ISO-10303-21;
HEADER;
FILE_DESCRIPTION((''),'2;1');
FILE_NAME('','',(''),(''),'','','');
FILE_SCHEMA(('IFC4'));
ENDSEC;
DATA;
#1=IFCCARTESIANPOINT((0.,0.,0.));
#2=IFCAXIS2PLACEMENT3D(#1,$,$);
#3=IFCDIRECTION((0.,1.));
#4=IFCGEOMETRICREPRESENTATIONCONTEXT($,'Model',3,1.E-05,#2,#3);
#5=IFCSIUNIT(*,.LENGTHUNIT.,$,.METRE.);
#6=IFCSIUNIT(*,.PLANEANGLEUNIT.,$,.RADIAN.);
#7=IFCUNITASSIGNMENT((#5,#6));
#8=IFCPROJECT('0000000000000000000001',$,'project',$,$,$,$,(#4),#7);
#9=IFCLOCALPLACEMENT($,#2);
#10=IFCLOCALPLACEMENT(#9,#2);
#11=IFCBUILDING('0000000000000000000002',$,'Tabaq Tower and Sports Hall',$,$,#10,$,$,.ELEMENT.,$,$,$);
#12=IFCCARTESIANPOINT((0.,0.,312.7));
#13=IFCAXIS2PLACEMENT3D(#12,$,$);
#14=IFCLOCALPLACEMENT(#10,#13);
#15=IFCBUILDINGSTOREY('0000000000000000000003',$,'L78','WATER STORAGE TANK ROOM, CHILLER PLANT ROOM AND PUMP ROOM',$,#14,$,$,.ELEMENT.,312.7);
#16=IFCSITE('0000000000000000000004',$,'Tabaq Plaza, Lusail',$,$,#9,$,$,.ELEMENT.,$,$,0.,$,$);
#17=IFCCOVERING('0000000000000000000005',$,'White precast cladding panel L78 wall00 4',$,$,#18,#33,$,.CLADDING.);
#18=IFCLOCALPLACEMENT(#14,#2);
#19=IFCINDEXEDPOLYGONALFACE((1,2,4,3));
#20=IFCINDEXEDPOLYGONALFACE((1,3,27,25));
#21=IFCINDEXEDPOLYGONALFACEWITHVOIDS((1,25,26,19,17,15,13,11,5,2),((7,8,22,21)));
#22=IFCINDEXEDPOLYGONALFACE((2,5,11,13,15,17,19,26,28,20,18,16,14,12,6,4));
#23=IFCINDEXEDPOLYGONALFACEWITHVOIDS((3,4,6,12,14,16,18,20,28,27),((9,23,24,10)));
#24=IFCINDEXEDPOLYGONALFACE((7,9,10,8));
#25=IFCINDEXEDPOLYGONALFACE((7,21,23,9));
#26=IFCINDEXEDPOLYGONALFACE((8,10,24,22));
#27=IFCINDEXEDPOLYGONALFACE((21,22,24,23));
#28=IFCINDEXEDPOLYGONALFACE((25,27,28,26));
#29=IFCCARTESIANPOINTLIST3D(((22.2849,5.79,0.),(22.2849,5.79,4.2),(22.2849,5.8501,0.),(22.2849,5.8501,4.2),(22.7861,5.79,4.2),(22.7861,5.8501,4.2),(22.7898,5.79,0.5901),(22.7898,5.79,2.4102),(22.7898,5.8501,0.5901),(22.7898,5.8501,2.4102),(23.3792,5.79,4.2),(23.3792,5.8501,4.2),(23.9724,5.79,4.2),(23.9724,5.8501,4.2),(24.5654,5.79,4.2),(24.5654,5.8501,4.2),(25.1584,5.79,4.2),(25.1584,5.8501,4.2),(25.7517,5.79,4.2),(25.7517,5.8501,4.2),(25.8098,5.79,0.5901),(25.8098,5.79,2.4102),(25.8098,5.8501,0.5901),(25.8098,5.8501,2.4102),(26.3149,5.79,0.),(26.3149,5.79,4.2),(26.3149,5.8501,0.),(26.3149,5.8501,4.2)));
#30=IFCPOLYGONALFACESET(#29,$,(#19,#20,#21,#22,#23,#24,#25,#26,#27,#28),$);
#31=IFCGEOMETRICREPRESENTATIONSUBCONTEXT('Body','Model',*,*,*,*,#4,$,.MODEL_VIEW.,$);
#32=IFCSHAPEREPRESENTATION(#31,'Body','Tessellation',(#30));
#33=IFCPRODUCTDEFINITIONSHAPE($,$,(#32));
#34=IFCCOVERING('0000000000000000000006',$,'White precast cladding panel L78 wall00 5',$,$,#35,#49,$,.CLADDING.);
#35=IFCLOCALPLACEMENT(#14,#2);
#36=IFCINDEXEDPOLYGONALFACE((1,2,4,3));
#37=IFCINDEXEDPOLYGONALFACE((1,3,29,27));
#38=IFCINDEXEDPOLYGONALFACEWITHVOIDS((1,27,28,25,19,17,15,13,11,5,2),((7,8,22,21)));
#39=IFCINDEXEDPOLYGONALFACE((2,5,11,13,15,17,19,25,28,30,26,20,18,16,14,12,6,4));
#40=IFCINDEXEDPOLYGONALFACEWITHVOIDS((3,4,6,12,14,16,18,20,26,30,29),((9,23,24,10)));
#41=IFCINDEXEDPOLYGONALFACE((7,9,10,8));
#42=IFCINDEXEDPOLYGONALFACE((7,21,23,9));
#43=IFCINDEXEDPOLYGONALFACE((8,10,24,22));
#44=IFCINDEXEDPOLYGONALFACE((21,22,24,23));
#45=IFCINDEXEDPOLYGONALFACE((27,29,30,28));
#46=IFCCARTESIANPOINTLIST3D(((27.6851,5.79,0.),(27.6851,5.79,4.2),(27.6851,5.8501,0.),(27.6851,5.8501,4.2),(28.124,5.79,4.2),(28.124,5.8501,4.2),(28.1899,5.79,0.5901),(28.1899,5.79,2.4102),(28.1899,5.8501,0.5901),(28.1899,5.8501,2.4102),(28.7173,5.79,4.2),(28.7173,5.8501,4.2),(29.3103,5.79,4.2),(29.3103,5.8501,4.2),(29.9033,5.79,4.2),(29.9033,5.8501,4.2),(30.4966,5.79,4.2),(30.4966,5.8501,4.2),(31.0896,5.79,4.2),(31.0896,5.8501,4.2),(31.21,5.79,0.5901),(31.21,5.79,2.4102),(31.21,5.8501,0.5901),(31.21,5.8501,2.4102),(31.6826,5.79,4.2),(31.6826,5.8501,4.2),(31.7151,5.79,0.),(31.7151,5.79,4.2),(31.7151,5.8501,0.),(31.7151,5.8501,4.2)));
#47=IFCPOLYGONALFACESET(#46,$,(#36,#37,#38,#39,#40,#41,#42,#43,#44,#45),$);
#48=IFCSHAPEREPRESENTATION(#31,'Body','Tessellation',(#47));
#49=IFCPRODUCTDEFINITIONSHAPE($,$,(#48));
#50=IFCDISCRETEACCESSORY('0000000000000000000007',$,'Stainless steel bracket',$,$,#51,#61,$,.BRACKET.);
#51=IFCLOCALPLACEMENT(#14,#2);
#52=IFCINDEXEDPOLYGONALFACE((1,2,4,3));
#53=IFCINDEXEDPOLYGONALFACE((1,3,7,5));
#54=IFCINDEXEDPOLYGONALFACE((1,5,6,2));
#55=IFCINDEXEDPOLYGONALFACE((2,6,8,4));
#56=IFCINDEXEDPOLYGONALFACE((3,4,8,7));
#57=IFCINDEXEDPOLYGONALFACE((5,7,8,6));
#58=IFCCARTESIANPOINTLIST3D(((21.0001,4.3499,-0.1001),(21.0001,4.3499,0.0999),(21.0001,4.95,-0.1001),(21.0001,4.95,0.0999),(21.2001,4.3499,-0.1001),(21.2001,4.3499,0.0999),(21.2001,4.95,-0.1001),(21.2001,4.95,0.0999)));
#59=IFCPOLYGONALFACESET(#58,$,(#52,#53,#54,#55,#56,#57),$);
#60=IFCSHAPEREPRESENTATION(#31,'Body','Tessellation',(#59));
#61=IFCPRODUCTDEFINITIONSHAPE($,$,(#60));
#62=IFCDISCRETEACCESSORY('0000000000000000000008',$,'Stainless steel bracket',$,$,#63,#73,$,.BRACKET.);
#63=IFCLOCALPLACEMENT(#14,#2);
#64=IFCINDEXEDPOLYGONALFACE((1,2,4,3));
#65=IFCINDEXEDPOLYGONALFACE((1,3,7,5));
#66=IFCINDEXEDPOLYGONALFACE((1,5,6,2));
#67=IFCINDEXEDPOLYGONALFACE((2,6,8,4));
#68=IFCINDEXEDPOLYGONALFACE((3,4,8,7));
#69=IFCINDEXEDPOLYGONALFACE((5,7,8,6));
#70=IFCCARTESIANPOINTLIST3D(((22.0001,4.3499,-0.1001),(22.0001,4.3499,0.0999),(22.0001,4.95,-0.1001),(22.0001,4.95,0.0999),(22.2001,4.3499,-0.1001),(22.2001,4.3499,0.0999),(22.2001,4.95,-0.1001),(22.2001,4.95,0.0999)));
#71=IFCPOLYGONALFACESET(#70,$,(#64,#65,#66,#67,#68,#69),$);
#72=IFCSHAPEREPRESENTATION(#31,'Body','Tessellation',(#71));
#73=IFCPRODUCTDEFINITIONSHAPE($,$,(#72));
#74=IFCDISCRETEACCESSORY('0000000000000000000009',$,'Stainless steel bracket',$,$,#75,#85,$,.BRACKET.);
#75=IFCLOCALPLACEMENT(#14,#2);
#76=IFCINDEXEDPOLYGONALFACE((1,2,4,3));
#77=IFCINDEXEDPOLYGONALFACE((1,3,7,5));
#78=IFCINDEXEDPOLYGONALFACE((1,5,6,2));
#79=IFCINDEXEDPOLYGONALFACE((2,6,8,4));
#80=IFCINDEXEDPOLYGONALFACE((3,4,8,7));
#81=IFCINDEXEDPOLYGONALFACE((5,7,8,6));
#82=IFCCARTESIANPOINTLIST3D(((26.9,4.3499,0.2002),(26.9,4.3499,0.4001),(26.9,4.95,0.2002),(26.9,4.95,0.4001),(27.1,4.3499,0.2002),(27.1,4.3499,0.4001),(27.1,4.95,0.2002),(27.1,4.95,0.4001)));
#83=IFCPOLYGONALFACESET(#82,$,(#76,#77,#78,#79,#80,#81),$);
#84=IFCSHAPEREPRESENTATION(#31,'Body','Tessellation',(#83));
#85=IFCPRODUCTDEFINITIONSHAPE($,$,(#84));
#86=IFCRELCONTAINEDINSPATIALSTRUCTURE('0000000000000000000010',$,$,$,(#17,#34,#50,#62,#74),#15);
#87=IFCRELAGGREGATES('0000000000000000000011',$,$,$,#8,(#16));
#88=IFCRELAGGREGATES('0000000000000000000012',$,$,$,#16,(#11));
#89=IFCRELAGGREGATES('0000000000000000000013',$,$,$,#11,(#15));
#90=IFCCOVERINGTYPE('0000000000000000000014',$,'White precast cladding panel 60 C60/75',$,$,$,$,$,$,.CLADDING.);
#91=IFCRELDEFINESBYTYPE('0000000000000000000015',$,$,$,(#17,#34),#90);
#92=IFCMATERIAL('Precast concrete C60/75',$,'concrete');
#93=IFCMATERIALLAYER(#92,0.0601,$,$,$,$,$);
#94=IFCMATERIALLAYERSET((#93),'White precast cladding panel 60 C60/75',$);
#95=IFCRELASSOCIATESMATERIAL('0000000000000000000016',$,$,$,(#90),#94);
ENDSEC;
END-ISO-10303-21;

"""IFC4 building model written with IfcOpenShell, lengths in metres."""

from ifc_helpers import new_model, si_unit, direction, frame, origin, origin_2d, place, context, subcontext, project, spatial, polyline, rectangle, outline, extrude, material, layer, layer_set, type_object, element, save


model = new_model("IFC4")

# Units and contexts
model_context = context("Model", 3, precision=1e-05, world=origin(), true_north=direction((0.0, 1.0)))
body_context = subcontext(model_context, "Body", "Model", "MODEL_VIEW")
ifc_project = project(units=[si_unit("LENGTHUNIT", "METRE"), si_unit("PLANEANGLEUNIT", "RADIAN")], contexts=[model_context])

# Site, building, storey
site_placement = place(None, origin())
site = spatial("IfcSite", under=ifc_project, at=site_placement, Name="Tabaq Plaza, Lusail", CompositionType="ELEMENT", RefElevation=0.0)
building_placement = place(site_placement, origin())
building = spatial("IfcBuilding", under=site, at=building_placement, Name="Tabaq Tower and Sports Hall", CompositionType="ELEMENT")
storey_placement = place(building_placement, frame((0.0, 0.0, 312.7)))
storey = spatial("IfcBuildingStorey", under=building, at=storey_placement, Name="L78", Description="WATER STORAGE TANK ROOM, CHILLER PLANT ROOM AND PUMP ROOM", CompositionType="ELEMENT", Elevation=312.7)

# Coverings
ifc_material_1 = material(Name="Precast concrete C60/75", Category="concrete")
ifc_layer_1 = layer(ifc_material_1, 0.0601)
ifc_layer_set_1 = layer_set([ifc_layer_1], Name="White precast cladding panel 60 C60/75")
covering_type = type_object("IfcCoveringType", Name="White precast cladding panel 60 C60/75", PredefinedType="CLADDING", material=ifc_layer_set_1)
covering_1_placement = place(storey_placement, frame((22.2849, 5.8201, 0.0), z_axis=(0.0, 0.0, 1.0), x_axis=(1.0, 0.0, 0.0)))
element("IfcCovering", 1, at=covering_1_placement, inside=storey, type_object=covering_type, Name="White precast cladding panel L78 wall00 4", PredefinedType="CLADDING", context=body_context, shape_type="SweptSolid", body=[
    extrude(outline(polyline([(0.0, 0.0), (4.03, 0.0), (4.03, 4.2), (3.4668, 4.2), (2.8735, 4.2), (2.2805, 4.2), (1.6875, 4.2), (1.0942, 4.2), (0.5012, 4.2), (0.0, 4.2), (0.0, 0.0)]), holes=[polyline([(0.5049, 0.5901), (0.5049, 2.4102), (3.5249, 2.4102), (3.5249, 0.5901), (0.5049, 0.5901)])]), frame((0.0, 0.03, 0.0), z_axis=(0.0, -1.0, 0.0), x_axis=(1.0, 0.0, 0.0)), (0.0, 0.0, 1.0), 0.0601),
])
covering_2_placement = place(storey_placement, frame((27.6851, 5.8201, 0.0), z_axis=(0.0, 0.0, 1.0), x_axis=(1.0, 0.0, 0.0)))
element("IfcCovering", 2, at=covering_2_placement, inside=storey, type_object=covering_type, Name="White precast cladding panel L78 wall00 5", PredefinedType="CLADDING", context=body_context, shape_type="SweptSolid", body=[
    extrude(outline(polyline([(0.0, 0.0), (4.03, 0.0), (4.03, 4.2), (3.9976, 4.2), (3.4045, 4.2), (2.8115, 4.2), (2.2183, 4.2), (1.6252, 4.2), (1.0322, 4.2), (0.439, 4.2), (0.0, 4.2), (0.0, 0.0)]), holes=[polyline([(0.5049, 0.5901), (0.5049, 2.4102), (3.5249, 2.4102), (3.5249, 0.5901), (0.5049, 0.5901)])]), frame((0.0, 0.03, 0.0), z_axis=(0.0, -1.0, 0.0), x_axis=(1.0, 0.0, 0.0)), (0.0, 0.0, 1.0), 0.0601),
])

# Discrete accessories
for number, where, z_axis, x_axis, name in (
    (3, (21.1001, 4.6499, -0.1001), (0.0, 0.0, 1.0), (0.0, -1.0, 0.0), "Stainless steel bracket"),
    (4, (22.1001, 4.6499, -0.1001), (0.0, 0.0, 1.0), (0.0, -1.0, 0.0), "Stainless steel bracket"),
    (5, (27.0, 4.6499, 0.2002), (0.0, 0.0, 1.0), (0.0, -1.0, 0.0), "Stainless steel bracket"),
):
    element("IfcDiscreteAccessory", number, at=place(storey_placement, frame(where, z_axis=z_axis, x_axis=x_axis)), inside=storey, Name=name, PredefinedType="BRACKET", context=body_context, shape_type="SweptSolid", body=[
        extrude(rectangle(XDim=0.6001, YDim=0.2, at=origin_2d()), origin(), (0.0, 0.0, 1.0), 0.2),
    ])

save(model, "model.ifc")
